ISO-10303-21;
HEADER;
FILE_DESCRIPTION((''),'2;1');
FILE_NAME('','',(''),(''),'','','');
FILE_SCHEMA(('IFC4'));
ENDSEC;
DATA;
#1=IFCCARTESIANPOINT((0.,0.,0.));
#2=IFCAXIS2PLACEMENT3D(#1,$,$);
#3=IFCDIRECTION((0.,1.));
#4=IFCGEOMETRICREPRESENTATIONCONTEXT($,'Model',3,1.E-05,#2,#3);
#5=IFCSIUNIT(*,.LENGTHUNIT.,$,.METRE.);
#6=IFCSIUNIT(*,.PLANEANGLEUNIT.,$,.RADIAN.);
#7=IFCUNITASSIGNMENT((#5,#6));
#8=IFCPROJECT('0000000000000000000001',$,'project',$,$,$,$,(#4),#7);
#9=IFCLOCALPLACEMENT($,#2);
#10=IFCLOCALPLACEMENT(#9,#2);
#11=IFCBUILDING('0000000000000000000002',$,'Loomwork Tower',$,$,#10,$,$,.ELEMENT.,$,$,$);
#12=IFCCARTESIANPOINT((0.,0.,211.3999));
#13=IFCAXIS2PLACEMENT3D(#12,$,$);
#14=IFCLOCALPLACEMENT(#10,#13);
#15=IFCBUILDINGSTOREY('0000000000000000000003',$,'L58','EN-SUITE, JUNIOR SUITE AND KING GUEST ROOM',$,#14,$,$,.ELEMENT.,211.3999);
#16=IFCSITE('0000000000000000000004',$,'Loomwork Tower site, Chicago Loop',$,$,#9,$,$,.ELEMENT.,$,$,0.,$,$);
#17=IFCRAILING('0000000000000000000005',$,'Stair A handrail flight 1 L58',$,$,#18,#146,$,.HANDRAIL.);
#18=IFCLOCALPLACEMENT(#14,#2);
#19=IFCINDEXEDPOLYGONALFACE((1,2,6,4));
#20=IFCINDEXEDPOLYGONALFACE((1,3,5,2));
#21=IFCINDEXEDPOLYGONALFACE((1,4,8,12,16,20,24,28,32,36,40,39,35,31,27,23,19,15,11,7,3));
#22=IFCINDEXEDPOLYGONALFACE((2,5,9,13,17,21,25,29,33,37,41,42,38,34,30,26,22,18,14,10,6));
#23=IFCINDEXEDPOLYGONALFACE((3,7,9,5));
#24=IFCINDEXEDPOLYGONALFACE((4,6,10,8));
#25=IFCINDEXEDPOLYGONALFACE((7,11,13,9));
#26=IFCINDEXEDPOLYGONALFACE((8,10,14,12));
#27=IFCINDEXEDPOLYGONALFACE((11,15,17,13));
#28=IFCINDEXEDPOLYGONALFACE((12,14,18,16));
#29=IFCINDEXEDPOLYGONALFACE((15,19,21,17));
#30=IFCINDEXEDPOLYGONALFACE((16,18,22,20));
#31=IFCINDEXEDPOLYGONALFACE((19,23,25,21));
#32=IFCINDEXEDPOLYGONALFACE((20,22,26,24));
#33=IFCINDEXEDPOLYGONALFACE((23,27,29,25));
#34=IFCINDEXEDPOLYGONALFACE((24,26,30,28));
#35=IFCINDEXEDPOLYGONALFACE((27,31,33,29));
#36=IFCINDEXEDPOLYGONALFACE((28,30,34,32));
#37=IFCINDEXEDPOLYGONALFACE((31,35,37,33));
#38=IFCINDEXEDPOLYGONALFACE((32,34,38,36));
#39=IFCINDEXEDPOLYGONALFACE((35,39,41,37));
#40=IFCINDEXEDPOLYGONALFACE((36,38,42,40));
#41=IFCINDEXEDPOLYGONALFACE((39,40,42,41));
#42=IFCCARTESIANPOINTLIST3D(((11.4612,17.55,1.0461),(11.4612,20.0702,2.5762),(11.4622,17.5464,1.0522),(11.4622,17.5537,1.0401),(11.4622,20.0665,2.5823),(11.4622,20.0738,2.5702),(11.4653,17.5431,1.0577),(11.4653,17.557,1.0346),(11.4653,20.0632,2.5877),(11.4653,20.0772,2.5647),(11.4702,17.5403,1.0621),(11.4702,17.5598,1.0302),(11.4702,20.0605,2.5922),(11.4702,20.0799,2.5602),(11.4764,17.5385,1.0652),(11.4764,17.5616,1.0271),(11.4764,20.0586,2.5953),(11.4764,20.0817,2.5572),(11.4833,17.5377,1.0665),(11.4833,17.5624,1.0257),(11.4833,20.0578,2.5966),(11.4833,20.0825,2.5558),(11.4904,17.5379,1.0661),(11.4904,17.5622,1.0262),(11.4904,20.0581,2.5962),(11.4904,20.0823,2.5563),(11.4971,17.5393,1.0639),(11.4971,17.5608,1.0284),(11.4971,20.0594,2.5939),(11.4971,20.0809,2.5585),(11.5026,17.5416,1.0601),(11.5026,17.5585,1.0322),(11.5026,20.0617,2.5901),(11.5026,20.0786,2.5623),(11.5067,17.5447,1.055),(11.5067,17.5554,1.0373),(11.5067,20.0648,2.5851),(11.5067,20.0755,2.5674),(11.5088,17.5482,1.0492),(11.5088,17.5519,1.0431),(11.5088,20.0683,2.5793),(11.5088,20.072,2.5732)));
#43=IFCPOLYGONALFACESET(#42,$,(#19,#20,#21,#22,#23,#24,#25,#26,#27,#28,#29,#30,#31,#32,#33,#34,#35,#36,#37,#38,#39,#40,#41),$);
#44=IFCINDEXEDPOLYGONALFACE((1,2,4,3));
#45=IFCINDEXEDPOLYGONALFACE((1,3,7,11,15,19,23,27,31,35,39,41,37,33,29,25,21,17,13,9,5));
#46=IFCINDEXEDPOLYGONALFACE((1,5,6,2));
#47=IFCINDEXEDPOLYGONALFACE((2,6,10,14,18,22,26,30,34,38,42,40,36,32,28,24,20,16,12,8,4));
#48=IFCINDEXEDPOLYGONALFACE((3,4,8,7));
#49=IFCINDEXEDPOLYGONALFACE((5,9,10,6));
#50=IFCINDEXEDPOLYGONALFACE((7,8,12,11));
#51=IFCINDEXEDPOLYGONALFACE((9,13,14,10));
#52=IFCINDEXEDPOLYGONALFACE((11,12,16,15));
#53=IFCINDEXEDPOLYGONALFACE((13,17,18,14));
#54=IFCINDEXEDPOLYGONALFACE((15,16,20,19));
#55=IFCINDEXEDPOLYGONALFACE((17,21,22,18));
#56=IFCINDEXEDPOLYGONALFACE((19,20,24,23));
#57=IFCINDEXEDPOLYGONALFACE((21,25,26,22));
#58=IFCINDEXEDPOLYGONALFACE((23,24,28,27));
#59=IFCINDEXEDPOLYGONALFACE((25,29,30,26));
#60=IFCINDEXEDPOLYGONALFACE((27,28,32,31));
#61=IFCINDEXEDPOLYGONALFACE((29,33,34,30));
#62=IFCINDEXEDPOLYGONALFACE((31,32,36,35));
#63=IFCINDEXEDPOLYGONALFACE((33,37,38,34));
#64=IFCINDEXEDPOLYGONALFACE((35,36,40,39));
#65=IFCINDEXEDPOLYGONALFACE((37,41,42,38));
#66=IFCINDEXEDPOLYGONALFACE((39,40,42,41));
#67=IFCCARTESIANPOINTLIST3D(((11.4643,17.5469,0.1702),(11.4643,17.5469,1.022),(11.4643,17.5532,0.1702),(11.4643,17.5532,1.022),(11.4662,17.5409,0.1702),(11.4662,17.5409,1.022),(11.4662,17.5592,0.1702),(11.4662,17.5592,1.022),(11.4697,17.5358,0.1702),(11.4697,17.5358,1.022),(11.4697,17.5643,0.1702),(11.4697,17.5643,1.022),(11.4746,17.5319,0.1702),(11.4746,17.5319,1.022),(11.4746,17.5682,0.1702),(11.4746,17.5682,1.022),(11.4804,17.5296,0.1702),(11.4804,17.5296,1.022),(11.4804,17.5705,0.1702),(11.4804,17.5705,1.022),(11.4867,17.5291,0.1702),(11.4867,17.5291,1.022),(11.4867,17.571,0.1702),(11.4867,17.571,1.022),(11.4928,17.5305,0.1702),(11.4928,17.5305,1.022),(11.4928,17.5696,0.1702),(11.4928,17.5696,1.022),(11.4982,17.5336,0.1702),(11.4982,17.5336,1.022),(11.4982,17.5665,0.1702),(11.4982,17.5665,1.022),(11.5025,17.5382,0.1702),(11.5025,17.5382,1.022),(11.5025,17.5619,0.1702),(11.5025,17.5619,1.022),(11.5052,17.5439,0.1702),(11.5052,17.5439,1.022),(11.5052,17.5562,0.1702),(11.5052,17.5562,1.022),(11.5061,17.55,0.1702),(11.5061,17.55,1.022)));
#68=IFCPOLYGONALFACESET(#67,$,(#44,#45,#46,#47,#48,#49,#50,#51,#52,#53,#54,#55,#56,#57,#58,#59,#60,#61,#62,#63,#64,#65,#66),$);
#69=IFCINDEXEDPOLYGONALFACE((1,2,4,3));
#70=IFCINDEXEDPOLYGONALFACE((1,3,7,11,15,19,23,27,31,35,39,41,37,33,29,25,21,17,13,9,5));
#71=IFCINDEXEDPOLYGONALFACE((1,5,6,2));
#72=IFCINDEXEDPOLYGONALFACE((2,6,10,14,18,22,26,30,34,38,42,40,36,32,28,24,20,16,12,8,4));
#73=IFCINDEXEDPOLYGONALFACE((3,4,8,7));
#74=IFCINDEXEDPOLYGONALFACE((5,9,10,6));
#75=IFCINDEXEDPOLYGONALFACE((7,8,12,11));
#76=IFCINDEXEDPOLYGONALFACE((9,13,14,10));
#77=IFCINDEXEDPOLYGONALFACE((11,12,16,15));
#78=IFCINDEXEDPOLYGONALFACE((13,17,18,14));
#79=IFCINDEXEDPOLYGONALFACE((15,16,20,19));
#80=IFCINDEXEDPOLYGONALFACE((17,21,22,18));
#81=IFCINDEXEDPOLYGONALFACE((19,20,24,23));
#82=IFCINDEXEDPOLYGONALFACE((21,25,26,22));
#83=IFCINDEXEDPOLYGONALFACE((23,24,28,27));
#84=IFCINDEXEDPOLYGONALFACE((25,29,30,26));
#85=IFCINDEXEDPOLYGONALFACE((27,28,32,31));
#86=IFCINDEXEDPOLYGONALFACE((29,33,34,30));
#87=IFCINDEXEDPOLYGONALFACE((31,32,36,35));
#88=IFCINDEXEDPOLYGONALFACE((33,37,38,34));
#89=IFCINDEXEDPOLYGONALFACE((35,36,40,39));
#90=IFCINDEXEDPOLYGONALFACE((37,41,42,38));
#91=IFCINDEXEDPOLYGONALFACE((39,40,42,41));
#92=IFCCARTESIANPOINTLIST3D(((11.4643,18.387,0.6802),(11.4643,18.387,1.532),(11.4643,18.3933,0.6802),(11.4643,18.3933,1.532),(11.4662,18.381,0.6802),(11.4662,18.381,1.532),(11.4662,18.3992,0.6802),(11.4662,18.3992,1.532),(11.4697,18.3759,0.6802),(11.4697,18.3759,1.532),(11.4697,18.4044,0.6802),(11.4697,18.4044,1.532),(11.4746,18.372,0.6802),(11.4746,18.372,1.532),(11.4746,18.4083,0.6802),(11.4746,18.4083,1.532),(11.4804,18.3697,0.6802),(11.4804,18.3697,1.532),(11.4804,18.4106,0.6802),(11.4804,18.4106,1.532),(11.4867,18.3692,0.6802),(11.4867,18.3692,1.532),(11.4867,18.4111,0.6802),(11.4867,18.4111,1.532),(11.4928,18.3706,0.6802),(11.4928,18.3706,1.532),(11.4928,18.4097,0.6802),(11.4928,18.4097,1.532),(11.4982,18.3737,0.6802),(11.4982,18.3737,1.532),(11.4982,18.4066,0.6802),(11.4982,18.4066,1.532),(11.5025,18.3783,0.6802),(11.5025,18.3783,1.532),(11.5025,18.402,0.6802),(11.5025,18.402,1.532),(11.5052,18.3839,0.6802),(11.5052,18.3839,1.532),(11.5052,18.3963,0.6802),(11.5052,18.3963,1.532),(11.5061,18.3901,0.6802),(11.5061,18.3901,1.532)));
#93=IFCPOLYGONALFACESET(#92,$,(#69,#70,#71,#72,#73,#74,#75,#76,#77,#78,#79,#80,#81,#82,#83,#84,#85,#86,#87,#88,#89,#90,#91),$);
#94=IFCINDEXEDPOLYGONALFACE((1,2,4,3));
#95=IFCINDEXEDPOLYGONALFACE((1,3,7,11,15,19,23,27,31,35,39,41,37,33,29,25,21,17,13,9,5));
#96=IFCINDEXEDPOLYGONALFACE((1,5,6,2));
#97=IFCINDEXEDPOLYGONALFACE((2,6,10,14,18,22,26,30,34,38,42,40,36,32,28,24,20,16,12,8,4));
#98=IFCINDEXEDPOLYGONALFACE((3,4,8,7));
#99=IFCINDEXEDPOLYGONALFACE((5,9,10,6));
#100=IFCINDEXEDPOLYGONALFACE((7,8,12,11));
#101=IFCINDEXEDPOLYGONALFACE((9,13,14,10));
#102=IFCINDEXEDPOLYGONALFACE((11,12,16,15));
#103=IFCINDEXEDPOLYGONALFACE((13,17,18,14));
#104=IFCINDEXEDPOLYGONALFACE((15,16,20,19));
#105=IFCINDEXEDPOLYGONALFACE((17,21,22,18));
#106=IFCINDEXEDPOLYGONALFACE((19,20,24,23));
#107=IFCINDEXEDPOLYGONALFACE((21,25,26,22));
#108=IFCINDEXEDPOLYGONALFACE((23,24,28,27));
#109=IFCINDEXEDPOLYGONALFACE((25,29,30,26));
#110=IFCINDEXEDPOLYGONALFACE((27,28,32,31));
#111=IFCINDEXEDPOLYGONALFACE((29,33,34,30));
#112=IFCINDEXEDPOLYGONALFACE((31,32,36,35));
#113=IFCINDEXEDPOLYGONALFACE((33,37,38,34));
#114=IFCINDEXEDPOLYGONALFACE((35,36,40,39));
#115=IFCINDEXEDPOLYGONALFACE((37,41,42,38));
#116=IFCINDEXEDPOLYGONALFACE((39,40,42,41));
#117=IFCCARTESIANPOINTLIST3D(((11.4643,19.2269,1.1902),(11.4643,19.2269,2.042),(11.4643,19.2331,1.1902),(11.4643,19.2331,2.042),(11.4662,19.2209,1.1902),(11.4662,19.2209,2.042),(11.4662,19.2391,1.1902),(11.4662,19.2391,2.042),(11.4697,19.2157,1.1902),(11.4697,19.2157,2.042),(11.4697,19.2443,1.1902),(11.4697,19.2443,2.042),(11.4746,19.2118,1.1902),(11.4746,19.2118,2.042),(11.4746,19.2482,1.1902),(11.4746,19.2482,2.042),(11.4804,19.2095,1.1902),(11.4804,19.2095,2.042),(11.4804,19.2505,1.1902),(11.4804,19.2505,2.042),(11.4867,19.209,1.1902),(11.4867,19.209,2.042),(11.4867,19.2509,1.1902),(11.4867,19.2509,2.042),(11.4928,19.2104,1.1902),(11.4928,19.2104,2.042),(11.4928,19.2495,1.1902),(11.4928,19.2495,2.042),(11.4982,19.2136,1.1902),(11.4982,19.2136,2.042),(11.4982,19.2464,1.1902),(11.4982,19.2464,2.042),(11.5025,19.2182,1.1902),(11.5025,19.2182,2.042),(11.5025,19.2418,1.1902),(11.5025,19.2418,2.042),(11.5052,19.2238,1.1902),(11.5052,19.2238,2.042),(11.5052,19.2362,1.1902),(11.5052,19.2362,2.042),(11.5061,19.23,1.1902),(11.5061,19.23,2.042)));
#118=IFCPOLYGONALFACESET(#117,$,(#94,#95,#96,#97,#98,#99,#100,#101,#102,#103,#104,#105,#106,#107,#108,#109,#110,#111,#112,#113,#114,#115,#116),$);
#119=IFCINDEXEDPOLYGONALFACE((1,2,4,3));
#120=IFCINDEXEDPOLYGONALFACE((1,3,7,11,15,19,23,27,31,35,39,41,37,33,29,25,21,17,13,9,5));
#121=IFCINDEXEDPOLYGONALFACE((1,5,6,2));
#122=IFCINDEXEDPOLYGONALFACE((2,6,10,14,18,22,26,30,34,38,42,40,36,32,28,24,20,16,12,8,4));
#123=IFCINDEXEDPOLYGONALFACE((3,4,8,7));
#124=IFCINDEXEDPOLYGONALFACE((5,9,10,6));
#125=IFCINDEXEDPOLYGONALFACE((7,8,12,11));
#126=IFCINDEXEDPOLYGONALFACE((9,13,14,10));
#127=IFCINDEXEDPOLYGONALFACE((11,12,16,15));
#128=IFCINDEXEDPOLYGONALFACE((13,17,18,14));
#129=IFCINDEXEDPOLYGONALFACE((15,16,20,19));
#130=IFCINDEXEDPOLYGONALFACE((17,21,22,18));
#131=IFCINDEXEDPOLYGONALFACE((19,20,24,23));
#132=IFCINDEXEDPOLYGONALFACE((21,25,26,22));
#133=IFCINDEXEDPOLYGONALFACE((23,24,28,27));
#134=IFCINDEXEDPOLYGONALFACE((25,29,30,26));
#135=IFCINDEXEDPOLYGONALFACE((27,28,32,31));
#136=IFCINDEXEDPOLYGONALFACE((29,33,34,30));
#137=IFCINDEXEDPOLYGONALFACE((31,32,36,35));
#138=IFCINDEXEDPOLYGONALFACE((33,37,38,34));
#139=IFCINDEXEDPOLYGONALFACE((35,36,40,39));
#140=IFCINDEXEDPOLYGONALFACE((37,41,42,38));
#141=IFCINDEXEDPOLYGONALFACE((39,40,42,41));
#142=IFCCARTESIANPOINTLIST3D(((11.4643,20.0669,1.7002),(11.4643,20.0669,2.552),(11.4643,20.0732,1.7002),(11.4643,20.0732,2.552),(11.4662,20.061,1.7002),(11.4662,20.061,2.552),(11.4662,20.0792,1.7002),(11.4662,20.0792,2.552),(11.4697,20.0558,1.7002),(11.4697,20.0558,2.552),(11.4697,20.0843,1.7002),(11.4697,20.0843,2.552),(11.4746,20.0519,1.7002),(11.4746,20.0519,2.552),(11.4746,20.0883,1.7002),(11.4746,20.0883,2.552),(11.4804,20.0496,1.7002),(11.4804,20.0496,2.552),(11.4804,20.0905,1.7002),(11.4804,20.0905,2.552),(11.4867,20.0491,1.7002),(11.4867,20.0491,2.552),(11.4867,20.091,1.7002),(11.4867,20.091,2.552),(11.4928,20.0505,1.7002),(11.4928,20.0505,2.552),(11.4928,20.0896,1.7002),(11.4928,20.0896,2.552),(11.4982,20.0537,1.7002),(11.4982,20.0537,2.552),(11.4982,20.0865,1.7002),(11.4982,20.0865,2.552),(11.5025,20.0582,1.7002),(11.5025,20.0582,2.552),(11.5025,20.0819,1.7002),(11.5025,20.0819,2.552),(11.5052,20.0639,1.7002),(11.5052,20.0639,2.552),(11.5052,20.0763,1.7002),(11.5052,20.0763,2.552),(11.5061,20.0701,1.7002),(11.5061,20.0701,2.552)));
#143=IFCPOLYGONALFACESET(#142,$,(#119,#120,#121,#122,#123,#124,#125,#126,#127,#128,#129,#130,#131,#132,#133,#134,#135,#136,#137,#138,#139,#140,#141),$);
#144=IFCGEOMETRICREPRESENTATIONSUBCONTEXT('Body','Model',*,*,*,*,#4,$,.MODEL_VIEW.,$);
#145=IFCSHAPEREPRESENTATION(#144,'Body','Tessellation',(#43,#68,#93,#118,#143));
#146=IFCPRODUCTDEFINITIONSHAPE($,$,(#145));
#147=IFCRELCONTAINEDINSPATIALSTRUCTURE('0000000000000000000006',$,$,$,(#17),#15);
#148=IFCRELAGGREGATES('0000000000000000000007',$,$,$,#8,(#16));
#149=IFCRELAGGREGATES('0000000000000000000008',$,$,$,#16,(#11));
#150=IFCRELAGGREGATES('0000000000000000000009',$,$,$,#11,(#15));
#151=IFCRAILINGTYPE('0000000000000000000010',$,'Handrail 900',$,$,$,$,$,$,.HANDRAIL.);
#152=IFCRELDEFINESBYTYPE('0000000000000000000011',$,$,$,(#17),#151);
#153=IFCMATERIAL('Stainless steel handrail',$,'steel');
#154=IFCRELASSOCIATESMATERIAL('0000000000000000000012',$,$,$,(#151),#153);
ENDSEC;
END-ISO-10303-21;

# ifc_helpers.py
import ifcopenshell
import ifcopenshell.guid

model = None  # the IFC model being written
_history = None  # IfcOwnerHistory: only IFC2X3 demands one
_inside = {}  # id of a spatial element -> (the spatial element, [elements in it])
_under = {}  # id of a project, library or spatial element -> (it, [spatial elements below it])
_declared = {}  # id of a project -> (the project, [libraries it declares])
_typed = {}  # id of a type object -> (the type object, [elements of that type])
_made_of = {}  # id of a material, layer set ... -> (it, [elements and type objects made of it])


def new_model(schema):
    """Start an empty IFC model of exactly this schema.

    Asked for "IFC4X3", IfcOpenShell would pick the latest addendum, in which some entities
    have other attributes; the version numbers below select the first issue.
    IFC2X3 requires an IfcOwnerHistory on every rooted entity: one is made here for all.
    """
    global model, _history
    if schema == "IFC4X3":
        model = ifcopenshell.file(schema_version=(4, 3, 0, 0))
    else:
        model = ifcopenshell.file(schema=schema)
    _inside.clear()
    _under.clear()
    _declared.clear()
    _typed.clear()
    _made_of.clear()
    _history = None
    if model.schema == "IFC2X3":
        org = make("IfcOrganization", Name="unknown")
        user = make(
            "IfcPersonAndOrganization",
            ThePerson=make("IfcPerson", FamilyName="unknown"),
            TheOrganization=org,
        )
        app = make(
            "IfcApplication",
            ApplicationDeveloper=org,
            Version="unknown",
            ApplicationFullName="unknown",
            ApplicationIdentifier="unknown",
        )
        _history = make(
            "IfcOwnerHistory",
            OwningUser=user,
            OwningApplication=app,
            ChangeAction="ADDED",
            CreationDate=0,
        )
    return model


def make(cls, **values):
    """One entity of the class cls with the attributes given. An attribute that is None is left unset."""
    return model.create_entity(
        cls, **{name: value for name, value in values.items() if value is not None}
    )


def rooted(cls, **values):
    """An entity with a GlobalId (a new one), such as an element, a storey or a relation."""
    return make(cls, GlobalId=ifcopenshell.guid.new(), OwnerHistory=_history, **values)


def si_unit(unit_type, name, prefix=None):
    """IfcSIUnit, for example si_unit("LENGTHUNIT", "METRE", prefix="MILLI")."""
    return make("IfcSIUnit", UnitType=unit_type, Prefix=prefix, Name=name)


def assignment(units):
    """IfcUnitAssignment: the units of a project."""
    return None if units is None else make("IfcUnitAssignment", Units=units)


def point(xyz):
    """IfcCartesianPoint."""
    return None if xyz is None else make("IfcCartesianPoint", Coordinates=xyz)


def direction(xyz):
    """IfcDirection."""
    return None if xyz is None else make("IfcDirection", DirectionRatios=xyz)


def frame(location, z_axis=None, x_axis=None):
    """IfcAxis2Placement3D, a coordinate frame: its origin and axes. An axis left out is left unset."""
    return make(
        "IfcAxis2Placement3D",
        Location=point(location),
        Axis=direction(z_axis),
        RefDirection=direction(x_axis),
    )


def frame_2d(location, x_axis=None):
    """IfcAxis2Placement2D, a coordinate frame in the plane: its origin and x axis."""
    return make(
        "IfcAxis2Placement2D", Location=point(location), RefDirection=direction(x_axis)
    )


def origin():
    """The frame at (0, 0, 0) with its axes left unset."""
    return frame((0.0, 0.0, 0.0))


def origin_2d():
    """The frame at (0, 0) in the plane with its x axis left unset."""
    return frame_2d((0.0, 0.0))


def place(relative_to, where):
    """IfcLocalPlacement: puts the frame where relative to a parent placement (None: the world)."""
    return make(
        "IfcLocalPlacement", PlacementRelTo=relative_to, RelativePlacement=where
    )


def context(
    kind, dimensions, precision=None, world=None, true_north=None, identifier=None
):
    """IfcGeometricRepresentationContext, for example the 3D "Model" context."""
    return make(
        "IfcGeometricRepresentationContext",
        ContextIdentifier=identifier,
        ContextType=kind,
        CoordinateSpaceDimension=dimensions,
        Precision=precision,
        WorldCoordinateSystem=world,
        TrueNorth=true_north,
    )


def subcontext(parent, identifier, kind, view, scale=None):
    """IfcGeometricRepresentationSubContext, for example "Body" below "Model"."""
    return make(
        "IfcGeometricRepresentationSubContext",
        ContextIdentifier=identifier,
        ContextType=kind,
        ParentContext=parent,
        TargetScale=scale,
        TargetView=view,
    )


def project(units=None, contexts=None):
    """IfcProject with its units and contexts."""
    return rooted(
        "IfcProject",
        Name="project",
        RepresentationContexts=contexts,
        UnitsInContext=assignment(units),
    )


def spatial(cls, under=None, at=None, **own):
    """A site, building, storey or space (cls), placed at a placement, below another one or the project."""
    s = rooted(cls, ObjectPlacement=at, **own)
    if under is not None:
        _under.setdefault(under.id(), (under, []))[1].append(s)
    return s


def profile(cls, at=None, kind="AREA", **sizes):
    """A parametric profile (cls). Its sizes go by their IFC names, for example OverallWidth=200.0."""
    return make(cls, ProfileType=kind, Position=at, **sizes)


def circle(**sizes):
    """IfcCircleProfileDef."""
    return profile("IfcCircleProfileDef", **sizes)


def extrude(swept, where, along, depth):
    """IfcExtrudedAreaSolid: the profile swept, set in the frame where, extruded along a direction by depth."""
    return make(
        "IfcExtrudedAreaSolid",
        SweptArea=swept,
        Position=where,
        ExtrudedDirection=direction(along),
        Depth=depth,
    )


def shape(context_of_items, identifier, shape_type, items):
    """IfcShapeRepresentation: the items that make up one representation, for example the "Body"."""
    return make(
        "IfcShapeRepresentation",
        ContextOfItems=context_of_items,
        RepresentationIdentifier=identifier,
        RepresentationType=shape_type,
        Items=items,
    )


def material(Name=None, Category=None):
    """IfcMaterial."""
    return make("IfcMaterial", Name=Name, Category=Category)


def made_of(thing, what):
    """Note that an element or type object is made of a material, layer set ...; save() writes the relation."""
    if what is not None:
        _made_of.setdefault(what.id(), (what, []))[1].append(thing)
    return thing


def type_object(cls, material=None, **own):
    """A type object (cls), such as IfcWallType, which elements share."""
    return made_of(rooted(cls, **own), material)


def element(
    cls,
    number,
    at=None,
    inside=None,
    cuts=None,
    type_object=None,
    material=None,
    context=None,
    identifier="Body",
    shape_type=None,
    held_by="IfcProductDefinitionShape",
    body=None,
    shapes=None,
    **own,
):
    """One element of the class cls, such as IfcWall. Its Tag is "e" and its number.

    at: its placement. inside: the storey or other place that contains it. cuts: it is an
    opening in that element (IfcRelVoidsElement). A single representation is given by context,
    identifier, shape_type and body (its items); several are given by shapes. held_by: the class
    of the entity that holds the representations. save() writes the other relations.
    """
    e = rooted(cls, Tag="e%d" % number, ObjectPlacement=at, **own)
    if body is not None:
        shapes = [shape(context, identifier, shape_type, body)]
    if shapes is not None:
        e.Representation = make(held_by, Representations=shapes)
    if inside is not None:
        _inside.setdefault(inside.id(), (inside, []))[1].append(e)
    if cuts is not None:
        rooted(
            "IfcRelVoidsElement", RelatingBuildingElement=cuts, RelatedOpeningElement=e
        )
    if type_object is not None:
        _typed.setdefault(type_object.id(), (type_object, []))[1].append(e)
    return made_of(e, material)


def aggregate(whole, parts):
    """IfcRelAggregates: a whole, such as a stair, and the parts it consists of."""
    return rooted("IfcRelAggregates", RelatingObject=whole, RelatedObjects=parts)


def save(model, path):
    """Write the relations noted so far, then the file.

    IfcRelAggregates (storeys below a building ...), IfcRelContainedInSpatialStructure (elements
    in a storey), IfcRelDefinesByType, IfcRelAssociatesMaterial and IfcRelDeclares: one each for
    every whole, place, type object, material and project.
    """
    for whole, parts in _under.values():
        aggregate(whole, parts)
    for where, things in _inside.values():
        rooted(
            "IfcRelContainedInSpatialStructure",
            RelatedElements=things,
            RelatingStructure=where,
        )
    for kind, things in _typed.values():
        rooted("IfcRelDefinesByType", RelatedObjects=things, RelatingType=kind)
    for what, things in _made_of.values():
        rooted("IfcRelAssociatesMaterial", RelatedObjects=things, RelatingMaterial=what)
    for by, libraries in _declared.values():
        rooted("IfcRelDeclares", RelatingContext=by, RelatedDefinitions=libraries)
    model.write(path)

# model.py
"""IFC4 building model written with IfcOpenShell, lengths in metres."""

from ifc_helpers import new_model, si_unit, direction, frame, origin, origin_2d, place, context, subcontext, project, spatial, circle, extrude, material, type_object, element, save


model = new_model("IFC4")

# Units and contexts
model_context = context("Model", 3, precision=1e-05, world=origin(), true_north=direction((0.0, 1.0)))
body_context = subcontext(model_context, "Body", "Model", "MODEL_VIEW")
ifc_project = project(units=[si_unit("LENGTHUNIT", "METRE"), si_unit("PLANEANGLEUNIT", "RADIAN")], contexts=[model_context])

# Site, building, storey
site_placement = place(None, origin())
site = spatial("IfcSite", under=ifc_project, at=site_placement, Name="Loomwork Tower site, Chicago Loop", CompositionType="ELEMENT", RefElevation=0.0)
building_placement = place(site_placement, origin())
building = spatial("IfcBuilding", under=site, at=building_placement, Name="Loomwork Tower", CompositionType="ELEMENT")
storey_placement = place(building_placement, frame((0.0, 0.0, 211.3999)))
storey = spatial("IfcBuildingStorey", under=building, at=storey_placement, Name="L58", Description="EN-SUITE, JUNIOR SUITE AND KING GUEST ROOM", CompositionType="ELEMENT", Elevation=211.3999)

# Railing
ifc_material_1 = material(Name="Stainless steel handrail", Category="steel")
railing_type = type_object("IfcRailingType", Name="Handrail 900", PredefinedType="HANDRAIL", material=ifc_material_1)
railing_placement = place(storey_placement, frame((11.4851, 17.55, 0.1702)))
element("IfcRailing", 1, at=railing_placement, inside=storey, type_object=railing_type, Name="Stair A handrail flight 1 L58", PredefinedType="HANDRAIL", context=body_context, shape_type="SweptSolid", body=[
    extrude(circle(Radius=0.0239, at=origin_2d()), frame((0.0, 0.0, 0.876), z_axis=(0.0, 0.854785, 0.518982), x_axis=(-1.0, 0.0, 0.0)), (0.0, 0.0, 1.0), 2.9482),
    extrude(circle(Radius=0.021, at=origin_2d()), origin(), (0.0, 0.0, 1.0), 0.8518),
    extrude(circle(Radius=0.021, at=origin_2d()), frame((0.0, 0.8401, 0.51)), (0.0, 0.0, 1.0), 0.8518),
    extrude(circle(Radius=0.021, at=origin_2d()), frame((0.0, 1.6799, 1.02)), (0.0, 0.0, 1.0), 0.8518),
    extrude(circle(Radius=0.021, at=origin_2d()), frame((0.0, 2.52, 1.53)), (0.0, 0.0, 1.0), 0.8518),
])

save(model, "model.ifc")
